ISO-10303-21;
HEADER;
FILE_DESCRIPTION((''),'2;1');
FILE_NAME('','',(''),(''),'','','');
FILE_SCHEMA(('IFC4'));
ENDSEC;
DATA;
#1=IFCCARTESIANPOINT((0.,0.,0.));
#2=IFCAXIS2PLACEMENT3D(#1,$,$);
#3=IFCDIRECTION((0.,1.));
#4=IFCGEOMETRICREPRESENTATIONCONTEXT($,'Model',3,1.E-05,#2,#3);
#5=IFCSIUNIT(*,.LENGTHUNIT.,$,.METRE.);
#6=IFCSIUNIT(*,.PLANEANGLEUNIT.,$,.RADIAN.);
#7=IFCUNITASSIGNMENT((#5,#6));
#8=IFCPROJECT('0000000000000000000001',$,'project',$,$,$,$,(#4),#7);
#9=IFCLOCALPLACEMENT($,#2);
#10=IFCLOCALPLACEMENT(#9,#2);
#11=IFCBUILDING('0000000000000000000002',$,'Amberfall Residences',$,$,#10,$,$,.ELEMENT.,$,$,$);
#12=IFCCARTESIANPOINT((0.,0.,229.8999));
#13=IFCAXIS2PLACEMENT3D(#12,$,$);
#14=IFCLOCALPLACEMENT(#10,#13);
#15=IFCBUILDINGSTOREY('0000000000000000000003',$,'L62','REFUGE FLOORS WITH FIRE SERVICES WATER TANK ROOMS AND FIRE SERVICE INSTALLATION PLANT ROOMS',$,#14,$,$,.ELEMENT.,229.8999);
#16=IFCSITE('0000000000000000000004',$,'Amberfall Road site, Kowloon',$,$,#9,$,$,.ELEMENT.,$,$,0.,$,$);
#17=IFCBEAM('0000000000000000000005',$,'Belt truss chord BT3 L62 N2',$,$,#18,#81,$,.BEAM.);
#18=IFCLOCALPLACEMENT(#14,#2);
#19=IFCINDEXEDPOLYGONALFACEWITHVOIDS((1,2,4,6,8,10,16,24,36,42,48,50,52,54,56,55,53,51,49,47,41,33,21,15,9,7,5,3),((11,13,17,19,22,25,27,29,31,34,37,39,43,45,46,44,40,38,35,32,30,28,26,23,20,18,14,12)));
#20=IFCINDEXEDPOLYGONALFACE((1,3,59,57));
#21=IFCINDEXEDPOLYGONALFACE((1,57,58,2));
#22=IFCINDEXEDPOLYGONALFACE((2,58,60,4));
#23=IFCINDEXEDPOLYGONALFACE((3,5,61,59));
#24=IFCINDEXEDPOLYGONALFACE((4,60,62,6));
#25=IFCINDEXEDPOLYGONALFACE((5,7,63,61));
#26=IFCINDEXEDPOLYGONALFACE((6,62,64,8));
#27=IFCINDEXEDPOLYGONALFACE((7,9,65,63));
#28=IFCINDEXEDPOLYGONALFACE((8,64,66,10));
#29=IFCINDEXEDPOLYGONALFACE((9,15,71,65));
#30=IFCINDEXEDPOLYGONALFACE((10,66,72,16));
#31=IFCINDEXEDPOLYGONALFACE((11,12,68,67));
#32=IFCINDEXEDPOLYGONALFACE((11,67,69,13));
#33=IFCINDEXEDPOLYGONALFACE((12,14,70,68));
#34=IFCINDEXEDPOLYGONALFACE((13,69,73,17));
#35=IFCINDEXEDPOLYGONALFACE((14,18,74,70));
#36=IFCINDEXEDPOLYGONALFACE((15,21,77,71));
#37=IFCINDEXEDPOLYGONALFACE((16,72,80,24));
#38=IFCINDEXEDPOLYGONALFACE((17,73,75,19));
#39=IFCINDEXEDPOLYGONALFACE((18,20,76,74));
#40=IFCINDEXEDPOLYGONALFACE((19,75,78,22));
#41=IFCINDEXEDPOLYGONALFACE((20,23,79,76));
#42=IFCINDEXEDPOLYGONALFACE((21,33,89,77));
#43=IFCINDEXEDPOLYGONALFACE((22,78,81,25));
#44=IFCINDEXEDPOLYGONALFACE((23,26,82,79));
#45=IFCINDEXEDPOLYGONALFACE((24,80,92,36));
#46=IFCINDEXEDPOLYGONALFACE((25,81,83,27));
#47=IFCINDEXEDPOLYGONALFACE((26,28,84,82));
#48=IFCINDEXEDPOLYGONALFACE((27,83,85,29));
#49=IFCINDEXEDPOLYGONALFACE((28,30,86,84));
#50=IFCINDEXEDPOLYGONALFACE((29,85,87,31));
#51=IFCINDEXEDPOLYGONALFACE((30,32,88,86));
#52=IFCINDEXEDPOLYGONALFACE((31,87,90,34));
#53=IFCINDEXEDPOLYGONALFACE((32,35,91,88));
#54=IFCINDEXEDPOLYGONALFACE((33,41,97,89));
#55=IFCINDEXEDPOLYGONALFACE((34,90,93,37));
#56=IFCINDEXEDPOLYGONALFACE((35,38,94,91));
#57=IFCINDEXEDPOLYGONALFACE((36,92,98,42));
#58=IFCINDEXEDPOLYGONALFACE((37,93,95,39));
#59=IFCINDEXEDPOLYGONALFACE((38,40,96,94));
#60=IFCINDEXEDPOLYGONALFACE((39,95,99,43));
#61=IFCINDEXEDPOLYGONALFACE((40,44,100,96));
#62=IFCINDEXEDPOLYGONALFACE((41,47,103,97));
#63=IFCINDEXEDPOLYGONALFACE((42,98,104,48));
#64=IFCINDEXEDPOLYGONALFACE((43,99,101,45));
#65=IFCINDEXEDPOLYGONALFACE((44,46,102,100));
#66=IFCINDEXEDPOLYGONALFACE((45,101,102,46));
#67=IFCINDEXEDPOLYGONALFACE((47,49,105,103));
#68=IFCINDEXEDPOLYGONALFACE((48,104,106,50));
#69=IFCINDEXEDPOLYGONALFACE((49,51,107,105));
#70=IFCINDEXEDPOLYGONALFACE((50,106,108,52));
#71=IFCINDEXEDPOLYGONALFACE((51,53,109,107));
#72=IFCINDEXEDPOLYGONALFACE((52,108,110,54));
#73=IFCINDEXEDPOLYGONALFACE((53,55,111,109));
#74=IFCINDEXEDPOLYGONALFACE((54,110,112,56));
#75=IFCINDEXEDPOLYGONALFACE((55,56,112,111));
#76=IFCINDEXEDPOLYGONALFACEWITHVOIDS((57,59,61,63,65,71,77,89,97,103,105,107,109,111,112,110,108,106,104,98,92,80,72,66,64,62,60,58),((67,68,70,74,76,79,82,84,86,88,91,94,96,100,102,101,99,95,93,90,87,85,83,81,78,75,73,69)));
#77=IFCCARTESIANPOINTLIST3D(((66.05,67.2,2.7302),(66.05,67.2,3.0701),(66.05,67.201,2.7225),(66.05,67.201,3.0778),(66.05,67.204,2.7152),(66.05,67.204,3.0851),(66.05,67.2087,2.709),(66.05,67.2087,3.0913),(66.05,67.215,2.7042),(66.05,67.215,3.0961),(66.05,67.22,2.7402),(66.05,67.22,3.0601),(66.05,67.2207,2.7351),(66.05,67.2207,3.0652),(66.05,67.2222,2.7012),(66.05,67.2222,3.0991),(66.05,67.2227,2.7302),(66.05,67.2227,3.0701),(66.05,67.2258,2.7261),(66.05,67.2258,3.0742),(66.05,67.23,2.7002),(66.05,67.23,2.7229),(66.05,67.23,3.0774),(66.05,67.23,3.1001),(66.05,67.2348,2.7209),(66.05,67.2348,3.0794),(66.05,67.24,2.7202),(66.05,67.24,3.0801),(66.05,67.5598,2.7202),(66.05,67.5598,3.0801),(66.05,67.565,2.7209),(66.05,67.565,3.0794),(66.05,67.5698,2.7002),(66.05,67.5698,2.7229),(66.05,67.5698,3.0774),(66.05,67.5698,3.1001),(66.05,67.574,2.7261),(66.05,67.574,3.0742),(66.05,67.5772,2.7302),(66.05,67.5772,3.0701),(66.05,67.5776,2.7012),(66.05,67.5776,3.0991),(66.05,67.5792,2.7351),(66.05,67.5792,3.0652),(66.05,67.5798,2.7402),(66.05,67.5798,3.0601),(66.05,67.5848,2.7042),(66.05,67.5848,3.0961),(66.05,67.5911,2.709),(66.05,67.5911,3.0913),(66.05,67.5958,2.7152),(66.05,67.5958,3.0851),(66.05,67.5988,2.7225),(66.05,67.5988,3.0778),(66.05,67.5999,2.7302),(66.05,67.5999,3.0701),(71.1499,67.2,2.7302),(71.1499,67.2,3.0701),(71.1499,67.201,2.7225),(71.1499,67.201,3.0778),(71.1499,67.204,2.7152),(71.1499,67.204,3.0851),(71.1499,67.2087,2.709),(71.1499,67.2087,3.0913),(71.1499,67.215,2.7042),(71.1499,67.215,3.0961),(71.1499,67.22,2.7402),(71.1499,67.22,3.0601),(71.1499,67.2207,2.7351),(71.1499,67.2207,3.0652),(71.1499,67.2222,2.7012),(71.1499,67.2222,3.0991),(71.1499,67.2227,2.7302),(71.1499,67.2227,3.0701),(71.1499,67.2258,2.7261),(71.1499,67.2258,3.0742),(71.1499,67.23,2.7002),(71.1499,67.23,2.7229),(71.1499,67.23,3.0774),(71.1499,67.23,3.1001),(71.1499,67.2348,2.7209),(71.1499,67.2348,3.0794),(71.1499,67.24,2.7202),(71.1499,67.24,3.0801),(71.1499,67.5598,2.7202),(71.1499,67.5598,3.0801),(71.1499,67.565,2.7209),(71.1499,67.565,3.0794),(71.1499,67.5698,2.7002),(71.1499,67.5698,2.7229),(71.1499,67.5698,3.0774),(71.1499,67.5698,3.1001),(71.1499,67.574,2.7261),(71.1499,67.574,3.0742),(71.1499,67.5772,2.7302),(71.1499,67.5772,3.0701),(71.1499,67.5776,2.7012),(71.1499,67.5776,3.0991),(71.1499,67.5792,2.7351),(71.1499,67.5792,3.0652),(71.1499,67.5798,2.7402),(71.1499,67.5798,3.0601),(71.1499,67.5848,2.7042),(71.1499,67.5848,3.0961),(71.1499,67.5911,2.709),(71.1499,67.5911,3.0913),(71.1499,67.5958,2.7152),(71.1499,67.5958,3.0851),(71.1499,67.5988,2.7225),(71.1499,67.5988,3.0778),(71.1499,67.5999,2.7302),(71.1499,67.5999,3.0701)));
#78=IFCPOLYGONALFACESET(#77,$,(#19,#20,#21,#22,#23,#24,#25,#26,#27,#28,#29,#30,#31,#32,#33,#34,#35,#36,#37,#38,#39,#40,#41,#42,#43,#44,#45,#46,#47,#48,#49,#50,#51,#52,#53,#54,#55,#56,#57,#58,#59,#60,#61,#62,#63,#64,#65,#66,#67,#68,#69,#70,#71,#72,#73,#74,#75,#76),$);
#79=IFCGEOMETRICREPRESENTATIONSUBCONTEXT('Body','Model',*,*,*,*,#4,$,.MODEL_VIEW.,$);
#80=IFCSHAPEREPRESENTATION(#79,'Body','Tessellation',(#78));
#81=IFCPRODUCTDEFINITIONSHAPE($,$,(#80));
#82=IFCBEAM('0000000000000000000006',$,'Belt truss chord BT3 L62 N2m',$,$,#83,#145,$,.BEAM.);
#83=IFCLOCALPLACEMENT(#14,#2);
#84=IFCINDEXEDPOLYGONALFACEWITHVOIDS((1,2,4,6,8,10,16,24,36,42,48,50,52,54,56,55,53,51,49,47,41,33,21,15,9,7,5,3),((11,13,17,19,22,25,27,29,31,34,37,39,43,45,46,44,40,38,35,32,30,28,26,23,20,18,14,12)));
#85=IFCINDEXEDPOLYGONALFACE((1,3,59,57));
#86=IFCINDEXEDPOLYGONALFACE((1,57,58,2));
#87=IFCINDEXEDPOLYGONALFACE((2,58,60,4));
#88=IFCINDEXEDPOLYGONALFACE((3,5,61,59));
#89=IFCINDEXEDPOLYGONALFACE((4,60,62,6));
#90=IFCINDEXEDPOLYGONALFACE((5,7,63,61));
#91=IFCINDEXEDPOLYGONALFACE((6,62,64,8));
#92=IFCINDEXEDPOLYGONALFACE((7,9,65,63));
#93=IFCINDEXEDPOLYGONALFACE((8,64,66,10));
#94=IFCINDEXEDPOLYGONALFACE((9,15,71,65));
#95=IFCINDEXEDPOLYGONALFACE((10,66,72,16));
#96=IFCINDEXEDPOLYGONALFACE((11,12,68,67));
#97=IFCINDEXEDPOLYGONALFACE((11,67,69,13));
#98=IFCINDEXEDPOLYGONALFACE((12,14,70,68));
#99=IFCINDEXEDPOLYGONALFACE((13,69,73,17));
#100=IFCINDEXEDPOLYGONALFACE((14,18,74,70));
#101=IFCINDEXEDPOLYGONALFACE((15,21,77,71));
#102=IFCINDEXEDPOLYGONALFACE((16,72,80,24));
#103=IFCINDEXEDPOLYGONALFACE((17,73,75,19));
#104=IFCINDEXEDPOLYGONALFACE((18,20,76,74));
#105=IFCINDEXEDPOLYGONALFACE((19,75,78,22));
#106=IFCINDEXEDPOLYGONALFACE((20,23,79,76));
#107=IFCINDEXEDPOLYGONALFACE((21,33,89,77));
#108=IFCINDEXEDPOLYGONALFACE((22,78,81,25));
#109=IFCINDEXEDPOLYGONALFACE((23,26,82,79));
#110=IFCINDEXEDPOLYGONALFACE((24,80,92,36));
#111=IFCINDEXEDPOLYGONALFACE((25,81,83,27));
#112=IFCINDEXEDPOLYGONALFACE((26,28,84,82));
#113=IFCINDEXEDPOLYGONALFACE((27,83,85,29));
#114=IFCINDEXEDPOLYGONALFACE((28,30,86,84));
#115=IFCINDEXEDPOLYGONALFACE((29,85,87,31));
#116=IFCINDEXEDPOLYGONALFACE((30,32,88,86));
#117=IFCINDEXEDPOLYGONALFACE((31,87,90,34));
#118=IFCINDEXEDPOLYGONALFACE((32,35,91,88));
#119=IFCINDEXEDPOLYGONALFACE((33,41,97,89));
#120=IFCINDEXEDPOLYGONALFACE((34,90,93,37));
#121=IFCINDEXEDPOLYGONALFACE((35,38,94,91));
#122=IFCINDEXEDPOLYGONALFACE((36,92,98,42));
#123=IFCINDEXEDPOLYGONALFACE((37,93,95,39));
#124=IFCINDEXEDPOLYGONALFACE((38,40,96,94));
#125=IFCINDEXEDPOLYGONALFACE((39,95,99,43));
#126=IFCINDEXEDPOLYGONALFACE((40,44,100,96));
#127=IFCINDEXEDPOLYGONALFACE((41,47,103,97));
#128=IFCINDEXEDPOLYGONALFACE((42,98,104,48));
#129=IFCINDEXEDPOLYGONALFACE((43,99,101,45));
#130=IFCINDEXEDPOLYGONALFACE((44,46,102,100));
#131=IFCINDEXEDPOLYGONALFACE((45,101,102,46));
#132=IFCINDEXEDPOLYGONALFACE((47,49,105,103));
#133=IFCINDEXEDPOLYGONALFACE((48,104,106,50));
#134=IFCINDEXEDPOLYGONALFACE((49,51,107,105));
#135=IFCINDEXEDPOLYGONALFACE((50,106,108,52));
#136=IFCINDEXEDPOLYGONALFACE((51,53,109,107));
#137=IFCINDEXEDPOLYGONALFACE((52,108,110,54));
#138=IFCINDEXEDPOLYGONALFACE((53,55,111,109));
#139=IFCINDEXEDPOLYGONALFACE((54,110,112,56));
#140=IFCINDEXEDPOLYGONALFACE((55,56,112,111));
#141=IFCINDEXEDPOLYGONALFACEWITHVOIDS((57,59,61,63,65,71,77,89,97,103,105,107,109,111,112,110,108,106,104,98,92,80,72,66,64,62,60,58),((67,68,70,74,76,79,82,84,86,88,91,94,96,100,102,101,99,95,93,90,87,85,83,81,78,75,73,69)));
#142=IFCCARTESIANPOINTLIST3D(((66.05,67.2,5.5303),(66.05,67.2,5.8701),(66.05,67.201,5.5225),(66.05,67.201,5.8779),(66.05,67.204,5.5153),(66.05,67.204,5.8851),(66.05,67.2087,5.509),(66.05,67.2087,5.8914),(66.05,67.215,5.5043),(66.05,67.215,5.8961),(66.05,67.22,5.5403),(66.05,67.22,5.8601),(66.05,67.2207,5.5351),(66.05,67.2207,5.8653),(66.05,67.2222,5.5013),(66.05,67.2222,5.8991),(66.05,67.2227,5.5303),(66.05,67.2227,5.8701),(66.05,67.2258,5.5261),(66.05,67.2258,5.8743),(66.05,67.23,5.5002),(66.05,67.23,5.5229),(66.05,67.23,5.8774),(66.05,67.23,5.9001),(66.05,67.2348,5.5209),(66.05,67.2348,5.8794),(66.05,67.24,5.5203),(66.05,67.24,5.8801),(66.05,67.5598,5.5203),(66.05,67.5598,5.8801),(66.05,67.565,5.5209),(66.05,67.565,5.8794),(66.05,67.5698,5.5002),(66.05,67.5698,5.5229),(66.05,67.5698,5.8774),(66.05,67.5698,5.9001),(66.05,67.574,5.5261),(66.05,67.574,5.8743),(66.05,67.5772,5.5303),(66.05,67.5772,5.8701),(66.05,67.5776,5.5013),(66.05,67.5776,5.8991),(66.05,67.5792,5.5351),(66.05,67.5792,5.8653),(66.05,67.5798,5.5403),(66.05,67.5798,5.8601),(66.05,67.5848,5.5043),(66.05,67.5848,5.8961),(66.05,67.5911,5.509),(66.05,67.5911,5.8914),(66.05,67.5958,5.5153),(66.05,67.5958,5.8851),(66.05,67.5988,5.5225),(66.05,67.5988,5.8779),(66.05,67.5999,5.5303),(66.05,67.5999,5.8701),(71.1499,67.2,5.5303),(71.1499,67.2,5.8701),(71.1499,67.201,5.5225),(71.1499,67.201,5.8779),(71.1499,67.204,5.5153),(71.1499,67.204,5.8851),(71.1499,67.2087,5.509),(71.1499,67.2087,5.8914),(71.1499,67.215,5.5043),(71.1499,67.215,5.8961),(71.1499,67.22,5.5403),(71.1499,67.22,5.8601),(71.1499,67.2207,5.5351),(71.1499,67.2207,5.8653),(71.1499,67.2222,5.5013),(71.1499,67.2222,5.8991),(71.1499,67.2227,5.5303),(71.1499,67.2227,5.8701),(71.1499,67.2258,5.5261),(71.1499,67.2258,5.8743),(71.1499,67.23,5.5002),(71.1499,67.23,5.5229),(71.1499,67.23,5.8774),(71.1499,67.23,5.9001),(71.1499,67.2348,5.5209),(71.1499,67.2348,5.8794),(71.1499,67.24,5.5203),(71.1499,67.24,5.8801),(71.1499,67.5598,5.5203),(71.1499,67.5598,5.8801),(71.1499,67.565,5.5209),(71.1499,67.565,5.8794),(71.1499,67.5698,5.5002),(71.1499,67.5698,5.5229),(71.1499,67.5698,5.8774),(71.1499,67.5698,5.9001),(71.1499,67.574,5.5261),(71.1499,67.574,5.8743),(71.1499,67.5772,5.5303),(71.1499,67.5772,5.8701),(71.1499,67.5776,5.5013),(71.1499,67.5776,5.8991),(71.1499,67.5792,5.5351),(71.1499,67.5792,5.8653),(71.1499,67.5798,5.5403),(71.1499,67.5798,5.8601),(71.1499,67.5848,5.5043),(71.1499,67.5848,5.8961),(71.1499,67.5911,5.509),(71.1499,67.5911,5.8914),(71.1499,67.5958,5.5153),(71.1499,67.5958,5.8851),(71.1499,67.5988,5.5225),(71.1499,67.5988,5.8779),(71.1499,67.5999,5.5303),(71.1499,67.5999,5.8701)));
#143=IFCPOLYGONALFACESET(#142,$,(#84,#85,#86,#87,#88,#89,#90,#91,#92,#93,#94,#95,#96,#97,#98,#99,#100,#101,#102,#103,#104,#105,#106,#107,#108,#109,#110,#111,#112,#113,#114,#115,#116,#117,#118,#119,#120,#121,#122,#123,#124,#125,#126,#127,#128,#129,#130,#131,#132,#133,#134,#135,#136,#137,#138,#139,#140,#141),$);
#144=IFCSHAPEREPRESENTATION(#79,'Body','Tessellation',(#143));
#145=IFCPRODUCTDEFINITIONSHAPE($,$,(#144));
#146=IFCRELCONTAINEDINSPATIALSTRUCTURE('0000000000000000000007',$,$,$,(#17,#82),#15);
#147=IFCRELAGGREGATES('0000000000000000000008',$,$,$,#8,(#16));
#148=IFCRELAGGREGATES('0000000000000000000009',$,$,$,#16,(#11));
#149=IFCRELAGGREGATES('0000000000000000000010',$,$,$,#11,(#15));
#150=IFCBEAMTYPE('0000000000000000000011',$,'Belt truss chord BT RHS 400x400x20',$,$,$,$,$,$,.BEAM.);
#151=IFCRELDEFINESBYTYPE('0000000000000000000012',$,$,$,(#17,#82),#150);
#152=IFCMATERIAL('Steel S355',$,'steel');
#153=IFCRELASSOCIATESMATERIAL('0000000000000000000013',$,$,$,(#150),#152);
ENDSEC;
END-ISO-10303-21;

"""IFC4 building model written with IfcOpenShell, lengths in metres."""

from ifc_helpers import new_model, si_unit, direction, frame, origin, origin_2d, place, context, subcontext, project, spatial, hollow_rectangle, extrude, material, material_profile, profile_set, type_object, element, save


model = new_model("IFC4")

# Units and contexts
model_context = context("Model", 3, precision=1e-05, world=origin(), true_north=direction((0.0, 1.0)))
body_context = subcontext(model_context, "Body", "Model", "MODEL_VIEW")
ifc_project = project(units=[si_unit("LENGTHUNIT", "METRE"), si_unit("PLANEANGLEUNIT", "RADIAN")], contexts=[model_context])

# Site, building, storey
site_placement = place(None, origin())
site = spatial("IfcSite", under=ifc_project, at=site_placement, Name="Amberfall Road site, Kowloon", CompositionType="ELEMENT", RefElevation=0.0)
building_placement = place(site_placement, origin())
building = spatial("IfcBuilding", under=site, at=building_placement, Name="Amberfall Residences", CompositionType="ELEMENT")
storey_placement = place(building_placement, frame((0.0, 0.0, 229.8999)))
storey = spatial("IfcBuildingStorey", under=building, at=storey_placement, Name="L62", Description="REFUGE FLOORS WITH FIRE SERVICES WATER TANK ROOMS AND FIRE SERVICE INSTALLATION PLANT ROOMS", CompositionType="ELEMENT", Elevation=229.8999)

# Beams
ifc_material_1 = material(Name="Steel S355", Category="steel")
ifc_material_profile_1 = material_profile(ifc_material_1, hollow_rectangle(XDim=0.3999, YDim=0.3999, WallThickness=0.02, InnerFilletRadius=0.02, OuterFilletRadius=0.03, at=origin_2d()), Name="RHS 400x400x20")
ifc_profile_set_1 = profile_set([ifc_material_profile_1], Name="Steel S355")
beam_type_1 = type_object("IfcBeamType", Name="Belt truss chord BT RHS 400x400x20", PredefinedType="BEAM", material=ifc_profile_set_1)
for number, where, z_axis, x_axis, name in (
    (1, (66.05, 67.3999, 2.9001), (1.0, 0.0, 0.0), (0.0, 1.0, 0.0), "Belt truss chord BT3 L62 N2"),
    (2, (66.05, 67.3999, 5.7002), (1.0, 0.0, 0.0), (0.0, 1.0, 0.0), "Belt truss chord BT3 L62 N2m"),
):
    element("IfcBeam", number, at=place(storey_placement, frame(where, z_axis=z_axis, x_axis=x_axis)), inside=storey, type_object=beam_type_1, Name=name, PredefinedType="BEAM", context=body_context, shape_type="SweptSolid", body=[
        extrude(hollow_rectangle(XDim=0.3999, YDim=0.3999, WallThickness=0.02, InnerFilletRadius=0.02, OuterFilletRadius=0.03, at=origin_2d()), origin(), (0.0, 0.0, 1.0), 5.0999),
    ])

save(model, "model.ifc")
